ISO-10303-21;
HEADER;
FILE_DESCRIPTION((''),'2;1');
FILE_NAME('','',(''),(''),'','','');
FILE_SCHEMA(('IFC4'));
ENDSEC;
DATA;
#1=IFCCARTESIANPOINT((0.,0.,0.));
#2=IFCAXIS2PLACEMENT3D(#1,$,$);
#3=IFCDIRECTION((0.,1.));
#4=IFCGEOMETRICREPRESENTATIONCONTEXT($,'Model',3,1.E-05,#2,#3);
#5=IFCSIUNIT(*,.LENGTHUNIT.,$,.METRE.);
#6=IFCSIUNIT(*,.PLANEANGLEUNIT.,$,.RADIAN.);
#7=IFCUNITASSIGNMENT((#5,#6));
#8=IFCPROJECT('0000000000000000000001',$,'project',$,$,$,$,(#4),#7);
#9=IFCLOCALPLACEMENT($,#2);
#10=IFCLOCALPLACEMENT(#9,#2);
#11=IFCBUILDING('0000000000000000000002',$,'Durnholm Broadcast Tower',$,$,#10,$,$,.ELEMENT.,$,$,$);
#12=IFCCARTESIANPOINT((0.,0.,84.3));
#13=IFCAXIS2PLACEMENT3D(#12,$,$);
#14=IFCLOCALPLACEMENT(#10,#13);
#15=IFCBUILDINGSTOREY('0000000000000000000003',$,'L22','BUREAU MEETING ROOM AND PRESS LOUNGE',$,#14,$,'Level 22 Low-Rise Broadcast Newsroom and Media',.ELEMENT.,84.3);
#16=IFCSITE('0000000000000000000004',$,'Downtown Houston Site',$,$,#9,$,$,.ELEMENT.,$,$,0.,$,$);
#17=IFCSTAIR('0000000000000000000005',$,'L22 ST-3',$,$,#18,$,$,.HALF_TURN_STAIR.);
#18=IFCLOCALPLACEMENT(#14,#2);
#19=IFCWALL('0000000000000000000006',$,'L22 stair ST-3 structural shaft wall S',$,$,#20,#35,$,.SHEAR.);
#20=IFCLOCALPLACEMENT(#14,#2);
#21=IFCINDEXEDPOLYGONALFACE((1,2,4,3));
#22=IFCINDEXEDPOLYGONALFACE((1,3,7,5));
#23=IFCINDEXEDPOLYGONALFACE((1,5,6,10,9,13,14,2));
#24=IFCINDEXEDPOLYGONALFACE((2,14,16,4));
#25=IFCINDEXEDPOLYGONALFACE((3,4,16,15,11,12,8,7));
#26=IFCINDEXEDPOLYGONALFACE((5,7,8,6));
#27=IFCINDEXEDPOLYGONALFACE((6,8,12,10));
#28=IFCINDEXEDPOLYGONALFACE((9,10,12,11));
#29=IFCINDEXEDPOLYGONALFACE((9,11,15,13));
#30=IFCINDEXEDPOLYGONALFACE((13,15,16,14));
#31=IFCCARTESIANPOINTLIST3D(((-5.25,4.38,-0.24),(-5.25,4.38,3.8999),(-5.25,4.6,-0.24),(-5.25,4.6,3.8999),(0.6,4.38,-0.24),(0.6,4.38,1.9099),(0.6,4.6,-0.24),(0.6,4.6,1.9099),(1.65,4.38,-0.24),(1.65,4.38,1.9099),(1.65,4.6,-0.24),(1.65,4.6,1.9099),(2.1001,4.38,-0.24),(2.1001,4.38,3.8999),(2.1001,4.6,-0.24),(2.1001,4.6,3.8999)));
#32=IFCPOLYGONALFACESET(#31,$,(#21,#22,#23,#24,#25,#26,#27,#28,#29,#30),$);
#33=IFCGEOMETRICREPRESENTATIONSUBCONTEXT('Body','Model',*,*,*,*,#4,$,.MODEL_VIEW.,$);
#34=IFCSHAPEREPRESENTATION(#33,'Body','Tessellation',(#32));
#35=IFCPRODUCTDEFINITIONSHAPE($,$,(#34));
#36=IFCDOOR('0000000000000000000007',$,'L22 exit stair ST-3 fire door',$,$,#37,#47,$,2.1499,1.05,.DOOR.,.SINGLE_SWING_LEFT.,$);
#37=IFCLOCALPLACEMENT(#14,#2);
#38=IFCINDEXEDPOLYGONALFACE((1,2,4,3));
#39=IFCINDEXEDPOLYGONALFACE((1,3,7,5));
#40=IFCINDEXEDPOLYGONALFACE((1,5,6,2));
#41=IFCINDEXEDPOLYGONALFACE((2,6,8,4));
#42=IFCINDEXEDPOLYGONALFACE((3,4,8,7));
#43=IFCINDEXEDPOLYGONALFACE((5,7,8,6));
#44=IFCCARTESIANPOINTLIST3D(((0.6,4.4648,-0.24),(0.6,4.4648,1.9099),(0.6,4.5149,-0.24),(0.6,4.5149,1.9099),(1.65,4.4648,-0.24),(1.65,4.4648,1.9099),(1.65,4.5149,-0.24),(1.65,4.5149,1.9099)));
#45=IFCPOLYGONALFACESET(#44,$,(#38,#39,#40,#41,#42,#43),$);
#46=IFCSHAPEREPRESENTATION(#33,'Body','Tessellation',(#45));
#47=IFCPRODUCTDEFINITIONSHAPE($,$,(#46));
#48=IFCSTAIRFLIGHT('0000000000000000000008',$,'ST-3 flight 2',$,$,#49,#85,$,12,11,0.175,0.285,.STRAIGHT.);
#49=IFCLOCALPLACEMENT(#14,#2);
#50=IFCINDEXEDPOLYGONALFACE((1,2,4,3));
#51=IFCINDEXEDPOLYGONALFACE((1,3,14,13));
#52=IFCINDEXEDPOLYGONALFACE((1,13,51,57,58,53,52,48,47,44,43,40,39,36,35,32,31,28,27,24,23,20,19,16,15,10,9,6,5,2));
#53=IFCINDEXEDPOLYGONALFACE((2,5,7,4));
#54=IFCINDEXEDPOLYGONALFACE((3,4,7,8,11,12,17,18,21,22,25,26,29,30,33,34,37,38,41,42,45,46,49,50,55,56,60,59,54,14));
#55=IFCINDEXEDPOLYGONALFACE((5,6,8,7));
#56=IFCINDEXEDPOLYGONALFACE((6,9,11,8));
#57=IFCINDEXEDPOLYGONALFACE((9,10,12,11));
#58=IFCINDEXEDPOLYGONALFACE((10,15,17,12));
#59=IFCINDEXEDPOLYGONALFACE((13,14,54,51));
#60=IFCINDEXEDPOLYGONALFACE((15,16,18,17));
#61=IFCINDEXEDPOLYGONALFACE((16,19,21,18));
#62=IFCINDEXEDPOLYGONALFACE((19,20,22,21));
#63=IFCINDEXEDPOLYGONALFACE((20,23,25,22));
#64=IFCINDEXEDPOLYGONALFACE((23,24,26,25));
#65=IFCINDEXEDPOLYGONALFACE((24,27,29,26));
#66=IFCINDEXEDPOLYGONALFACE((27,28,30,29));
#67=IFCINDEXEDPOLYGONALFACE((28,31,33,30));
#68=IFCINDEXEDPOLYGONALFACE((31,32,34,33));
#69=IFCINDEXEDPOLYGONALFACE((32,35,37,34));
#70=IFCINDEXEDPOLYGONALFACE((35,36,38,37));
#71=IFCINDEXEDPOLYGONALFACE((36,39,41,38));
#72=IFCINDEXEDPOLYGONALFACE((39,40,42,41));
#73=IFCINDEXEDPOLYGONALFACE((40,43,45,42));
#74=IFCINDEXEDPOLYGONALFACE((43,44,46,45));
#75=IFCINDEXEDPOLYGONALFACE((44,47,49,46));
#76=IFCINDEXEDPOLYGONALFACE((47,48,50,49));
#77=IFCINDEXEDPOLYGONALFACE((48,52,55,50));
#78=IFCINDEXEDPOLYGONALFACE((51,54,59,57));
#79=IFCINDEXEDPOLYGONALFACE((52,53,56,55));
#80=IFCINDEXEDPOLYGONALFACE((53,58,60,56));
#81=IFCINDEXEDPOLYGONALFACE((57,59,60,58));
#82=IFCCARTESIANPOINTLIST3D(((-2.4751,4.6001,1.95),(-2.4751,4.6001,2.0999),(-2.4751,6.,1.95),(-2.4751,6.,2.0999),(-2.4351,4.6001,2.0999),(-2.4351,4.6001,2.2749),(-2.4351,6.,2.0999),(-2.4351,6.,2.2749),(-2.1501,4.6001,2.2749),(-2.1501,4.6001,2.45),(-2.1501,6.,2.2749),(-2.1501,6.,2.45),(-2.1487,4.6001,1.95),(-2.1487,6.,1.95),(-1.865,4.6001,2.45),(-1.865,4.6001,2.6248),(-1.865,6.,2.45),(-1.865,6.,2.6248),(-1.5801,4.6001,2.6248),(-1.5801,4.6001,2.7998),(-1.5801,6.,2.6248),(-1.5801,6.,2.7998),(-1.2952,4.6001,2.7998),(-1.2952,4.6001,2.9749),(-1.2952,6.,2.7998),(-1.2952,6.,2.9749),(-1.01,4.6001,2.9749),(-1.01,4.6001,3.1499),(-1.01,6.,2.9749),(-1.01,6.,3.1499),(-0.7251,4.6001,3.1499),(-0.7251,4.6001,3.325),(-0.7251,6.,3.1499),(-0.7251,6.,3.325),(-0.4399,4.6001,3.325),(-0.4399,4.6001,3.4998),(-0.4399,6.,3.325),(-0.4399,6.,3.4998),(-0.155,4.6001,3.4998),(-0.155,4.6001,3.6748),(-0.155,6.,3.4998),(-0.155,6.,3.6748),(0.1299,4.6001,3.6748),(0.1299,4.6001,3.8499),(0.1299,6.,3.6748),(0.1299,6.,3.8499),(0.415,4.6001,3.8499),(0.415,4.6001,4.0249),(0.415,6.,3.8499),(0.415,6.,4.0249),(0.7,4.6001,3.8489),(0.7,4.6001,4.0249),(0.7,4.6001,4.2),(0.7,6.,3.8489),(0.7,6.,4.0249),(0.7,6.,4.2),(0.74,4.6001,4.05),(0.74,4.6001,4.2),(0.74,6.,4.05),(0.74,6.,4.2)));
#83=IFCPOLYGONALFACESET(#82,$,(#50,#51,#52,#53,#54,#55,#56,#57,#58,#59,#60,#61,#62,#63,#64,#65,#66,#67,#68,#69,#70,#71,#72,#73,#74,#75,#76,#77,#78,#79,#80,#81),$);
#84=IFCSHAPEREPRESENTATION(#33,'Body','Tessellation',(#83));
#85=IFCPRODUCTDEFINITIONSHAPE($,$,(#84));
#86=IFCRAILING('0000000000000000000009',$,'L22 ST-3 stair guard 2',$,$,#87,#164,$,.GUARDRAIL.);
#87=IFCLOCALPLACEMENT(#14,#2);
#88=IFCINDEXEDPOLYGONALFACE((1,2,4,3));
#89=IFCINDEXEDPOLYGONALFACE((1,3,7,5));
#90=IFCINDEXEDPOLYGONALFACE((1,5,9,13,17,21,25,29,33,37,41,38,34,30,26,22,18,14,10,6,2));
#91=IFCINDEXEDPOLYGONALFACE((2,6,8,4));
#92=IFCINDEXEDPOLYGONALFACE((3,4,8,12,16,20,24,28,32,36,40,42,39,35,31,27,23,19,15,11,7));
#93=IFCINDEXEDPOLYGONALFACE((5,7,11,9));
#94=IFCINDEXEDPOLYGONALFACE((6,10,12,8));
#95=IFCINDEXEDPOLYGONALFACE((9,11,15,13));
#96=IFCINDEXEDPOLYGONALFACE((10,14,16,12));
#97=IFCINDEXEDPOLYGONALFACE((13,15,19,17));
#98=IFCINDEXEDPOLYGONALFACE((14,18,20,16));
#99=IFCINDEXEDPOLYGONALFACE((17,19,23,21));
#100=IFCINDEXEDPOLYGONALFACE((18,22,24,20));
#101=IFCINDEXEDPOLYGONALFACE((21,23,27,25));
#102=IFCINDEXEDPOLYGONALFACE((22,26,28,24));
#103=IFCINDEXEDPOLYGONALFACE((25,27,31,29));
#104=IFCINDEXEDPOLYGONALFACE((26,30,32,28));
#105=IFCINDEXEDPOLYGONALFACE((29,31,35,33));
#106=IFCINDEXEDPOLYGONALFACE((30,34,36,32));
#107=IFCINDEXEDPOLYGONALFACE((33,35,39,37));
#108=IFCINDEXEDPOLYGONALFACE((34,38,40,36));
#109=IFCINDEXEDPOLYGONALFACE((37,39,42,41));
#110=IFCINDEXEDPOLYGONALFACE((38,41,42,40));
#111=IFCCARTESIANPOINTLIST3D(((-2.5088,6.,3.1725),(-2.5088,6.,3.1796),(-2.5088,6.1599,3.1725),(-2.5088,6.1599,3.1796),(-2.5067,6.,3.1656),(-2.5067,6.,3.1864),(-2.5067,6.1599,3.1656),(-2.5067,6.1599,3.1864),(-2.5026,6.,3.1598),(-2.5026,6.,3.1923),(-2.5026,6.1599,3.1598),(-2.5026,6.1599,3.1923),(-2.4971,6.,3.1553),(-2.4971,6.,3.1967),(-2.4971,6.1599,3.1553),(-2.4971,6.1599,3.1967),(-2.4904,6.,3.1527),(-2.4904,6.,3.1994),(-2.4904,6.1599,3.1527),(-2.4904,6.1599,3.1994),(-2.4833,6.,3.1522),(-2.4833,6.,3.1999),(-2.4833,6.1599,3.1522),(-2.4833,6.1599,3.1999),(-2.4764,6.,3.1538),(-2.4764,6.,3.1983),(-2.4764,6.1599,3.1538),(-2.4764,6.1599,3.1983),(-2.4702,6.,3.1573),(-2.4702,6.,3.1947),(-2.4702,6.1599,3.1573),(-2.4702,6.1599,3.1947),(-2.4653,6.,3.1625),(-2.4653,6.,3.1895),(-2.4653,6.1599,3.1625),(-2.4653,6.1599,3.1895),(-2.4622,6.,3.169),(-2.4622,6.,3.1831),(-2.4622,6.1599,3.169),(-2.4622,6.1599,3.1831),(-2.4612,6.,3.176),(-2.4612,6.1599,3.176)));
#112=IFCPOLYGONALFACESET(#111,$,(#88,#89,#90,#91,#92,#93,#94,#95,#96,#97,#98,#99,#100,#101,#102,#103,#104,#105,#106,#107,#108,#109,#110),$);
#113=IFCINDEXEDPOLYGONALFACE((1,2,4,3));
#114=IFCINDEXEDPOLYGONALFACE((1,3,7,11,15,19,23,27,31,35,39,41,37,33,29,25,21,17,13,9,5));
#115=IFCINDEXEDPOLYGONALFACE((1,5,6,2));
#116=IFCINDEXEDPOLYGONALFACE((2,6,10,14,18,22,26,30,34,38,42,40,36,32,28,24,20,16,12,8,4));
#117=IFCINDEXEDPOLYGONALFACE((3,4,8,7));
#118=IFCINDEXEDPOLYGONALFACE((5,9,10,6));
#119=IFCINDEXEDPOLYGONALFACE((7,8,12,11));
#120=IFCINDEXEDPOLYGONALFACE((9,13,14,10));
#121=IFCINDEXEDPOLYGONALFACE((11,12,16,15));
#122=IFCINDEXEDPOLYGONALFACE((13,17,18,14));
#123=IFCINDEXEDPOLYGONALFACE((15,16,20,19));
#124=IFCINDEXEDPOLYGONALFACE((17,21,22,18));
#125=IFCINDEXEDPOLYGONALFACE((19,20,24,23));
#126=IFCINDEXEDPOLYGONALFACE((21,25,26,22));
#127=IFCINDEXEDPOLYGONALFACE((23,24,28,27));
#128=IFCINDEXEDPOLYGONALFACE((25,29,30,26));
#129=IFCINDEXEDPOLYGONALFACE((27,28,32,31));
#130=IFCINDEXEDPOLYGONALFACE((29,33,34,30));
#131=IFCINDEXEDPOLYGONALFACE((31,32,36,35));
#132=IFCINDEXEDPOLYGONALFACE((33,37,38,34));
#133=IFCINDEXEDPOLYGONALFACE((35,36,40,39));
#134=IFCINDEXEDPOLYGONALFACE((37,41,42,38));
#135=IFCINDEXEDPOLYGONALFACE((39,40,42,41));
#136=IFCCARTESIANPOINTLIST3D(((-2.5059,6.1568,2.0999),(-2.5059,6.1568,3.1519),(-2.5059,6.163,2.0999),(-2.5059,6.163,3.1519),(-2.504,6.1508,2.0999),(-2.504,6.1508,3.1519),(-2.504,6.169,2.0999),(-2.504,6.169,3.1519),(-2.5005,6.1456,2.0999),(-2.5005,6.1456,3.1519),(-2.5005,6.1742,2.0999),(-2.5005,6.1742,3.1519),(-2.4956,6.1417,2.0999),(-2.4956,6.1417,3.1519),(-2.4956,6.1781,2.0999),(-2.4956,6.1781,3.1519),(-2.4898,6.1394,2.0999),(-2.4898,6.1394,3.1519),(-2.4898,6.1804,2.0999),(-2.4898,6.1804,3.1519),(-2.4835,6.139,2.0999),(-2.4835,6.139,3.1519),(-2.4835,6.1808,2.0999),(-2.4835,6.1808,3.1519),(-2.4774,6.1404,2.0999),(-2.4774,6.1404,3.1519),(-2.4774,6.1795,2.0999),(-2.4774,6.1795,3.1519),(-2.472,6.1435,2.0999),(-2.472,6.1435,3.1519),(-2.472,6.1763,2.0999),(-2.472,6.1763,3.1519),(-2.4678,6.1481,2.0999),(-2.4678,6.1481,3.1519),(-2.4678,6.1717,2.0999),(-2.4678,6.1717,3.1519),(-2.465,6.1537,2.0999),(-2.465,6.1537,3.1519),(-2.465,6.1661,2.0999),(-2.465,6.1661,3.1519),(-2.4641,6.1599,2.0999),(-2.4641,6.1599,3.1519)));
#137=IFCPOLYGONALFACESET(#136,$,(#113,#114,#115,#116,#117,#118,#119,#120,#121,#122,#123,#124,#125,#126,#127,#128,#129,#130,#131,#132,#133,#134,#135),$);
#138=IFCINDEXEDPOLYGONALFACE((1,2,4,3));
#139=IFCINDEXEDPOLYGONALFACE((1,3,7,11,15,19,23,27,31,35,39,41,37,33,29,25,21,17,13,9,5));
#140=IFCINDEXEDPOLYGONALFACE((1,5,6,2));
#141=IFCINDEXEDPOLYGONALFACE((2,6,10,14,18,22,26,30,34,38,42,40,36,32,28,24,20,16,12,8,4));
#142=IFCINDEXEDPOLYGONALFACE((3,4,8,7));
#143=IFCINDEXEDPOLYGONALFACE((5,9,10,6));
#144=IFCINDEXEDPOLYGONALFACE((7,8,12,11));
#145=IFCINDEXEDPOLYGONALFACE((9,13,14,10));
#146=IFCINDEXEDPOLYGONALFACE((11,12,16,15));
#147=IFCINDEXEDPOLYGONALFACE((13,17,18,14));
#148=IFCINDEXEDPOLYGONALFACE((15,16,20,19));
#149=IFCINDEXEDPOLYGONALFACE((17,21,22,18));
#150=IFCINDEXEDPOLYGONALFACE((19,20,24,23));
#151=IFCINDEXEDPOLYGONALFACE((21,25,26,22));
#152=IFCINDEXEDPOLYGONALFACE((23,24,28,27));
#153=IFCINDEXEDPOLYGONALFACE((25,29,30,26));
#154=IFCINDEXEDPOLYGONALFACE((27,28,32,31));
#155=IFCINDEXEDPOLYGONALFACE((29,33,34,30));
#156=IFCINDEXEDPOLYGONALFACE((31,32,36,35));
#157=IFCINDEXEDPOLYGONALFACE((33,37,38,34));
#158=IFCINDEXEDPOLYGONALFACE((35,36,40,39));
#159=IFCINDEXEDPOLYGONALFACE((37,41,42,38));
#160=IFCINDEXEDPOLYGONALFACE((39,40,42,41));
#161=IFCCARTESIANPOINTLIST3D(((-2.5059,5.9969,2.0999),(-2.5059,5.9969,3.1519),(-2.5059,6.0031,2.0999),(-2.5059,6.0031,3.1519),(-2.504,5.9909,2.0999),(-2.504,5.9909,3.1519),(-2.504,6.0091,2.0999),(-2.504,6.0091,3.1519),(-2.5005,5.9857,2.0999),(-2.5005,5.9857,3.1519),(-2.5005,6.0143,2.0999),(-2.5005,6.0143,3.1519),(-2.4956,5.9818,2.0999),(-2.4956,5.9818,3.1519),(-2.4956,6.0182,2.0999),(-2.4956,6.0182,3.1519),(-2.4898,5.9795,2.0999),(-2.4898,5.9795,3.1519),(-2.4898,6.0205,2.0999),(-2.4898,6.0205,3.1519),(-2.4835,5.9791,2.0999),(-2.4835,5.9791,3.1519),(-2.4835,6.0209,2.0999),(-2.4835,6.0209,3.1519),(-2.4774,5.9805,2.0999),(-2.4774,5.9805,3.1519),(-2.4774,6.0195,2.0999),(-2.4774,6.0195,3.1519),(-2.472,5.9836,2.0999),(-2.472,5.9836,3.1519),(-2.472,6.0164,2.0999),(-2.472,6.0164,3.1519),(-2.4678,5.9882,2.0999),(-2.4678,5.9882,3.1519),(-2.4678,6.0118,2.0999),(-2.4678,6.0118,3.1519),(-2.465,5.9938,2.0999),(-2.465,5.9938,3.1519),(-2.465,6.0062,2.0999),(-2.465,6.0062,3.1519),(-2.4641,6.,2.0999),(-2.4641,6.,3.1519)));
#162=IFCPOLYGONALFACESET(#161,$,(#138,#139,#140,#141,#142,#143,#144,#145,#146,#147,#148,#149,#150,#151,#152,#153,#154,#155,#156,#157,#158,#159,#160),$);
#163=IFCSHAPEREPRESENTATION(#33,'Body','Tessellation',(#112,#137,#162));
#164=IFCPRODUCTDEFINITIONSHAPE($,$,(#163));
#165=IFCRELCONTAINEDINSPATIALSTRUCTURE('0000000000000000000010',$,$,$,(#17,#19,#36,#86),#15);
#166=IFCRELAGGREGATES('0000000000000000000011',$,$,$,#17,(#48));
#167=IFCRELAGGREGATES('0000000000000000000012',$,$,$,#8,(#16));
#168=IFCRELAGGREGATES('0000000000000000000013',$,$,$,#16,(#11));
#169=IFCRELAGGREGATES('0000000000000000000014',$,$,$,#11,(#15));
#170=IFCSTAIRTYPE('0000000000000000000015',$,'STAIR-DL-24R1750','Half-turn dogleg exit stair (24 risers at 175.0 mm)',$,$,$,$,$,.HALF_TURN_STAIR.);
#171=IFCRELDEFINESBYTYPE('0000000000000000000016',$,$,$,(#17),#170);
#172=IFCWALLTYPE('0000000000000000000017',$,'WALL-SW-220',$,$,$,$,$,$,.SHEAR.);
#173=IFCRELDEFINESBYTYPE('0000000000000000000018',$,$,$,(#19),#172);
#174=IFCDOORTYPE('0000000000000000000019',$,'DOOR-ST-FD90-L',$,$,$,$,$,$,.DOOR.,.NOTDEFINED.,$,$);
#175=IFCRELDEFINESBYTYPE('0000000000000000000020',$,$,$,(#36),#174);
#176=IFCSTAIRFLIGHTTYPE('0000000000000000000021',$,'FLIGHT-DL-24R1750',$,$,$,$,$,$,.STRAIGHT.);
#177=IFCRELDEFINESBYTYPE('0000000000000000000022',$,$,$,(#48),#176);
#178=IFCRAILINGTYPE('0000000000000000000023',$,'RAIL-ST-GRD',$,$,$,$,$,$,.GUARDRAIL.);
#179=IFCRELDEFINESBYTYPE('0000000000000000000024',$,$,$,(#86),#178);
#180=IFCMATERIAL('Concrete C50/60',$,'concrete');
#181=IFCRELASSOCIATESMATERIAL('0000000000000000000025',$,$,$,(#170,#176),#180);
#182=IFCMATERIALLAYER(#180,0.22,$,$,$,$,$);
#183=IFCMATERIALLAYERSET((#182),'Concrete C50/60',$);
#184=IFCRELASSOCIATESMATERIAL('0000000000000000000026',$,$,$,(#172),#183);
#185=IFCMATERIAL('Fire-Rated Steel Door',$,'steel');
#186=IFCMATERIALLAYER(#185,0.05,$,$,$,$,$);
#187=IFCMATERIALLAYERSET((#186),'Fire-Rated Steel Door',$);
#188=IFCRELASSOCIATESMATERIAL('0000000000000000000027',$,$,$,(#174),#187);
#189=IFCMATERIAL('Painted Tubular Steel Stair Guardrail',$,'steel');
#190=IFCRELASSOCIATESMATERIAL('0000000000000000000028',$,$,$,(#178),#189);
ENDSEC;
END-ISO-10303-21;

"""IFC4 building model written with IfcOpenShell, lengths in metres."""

from ifc_helpers import new_model, si_unit, direction, frame, frame_2d, origin, origin_2d, place, context, subcontext, project, spatial, polyline, rectangle, circle, outline, extrude, source, transform, mapped, material, layer, layer_set, type_object, type_shapes, element, fill, aggregate, save


model = new_model("IFC4")

# Units and contexts
model_context = context("Model", 3, precision=1e-05, world=origin(), true_north=direction((0.0, 1.0)))
body_context = subcontext(model_context, "Body", "Model", "MODEL_VIEW")
ifc_project = project(units=[si_unit("LENGTHUNIT", "METRE"), si_unit("PLANEANGLEUNIT", "RADIAN")], contexts=[model_context])

# Site, building, storey
site_placement = place(None, origin())
site = spatial("IfcSite", under=ifc_project, at=site_placement, Name="Downtown Houston Site", CompositionType="ELEMENT", RefElevation=0.0)
building_placement = place(site_placement, origin())
building = spatial("IfcBuilding", under=site, at=building_placement, Name="Durnholm Broadcast Tower", CompositionType="ELEMENT")
storey_placement = place(building_placement, frame((0.0, 0.0, 84.3)))
storey = spatial("IfcBuildingStorey", under=building, at=storey_placement, Name="L22", Description="BUREAU MEETING ROOM AND PRESS LOUNGE", LongName="Level 22 Low-Rise Broadcast Newsroom and Media", CompositionType="ELEMENT", Elevation=84.3)

# Stair
ifc_material_1 = material(Name="Concrete C50/60", Category="concrete")
stair_type = type_object("IfcStairType", Name="STAIR-DL-24R1750", Description="Half-turn dogleg exit stair (24 risers at 175.0 mm)", PredefinedType="HALF_TURN_STAIR", material=ifc_material_1)
stair_1_placement = place(storey_placement, origin())
stair_1 = element("IfcStair", 1, at=stair_1_placement, inside=storey, type_object=stair_type, Name="L22 ST-3", PredefinedType="HALF_TURN_STAIR")

# Shared definitions
ifc_layer_1 = layer(ifc_material_1, 0.22)
ifc_layer_set_1 = layer_set([ifc_layer_1], Name="Concrete C50/60")
wall_type_1 = type_object("IfcWallType", Name="WALL-SW-220", PredefinedType="SHEAR", material=ifc_layer_set_1)

# Wall, opening, door
wall_1_placement = place(storey_placement, frame((-5.25, 4.49, -0.24), z_axis=(0.0, 0.0, 1.0), x_axis=(1.0, 0.0, 0.0)))
wall_1 = element("IfcWall", 2, at=wall_1_placement, inside=storey, type_object=wall_type_1, Name="L22 stair ST-3 structural shaft wall S", PredefinedType="SHEAR", context=body_context, shape_type="SweptSolid", body=[
    extrude(rectangle(XDim=7.3501, YDim=0.22, at=frame_2d((3.675, 0.0))), origin(), (0.0, 0.0, 1.0), 4.1399),
])
opening_1_placement = place(wall_1_placement, frame((5.8501, 0.0, 0.0)))
opening_1 = element("IfcOpeningElement", 3, at=opening_1_placement, cuts=wall_1, PredefinedType="OPENING", context=body_context, shape_type="SweptSolid", body=[
    extrude(rectangle(XDim=1.05, YDim=2.1499, at=frame_2d((0.5249, 1.075))), frame((0.0, 0.1201, 0.0), z_axis=(0.0, -1.0, 0.0), x_axis=(1.0, 0.0, 0.0)), (0.0, 0.0, 1.0), 0.24),
])
ifc_material_2 = material(Name="Fire-Rated Steel Door", Category="steel")
ifc_layer_2 = layer(ifc_material_2, 0.05)
ifc_layer_set_2 = layer_set([ifc_layer_2], Name="Fire-Rated Steel Door")
door_type_1 = type_object("IfcDoorType", Name="DOOR-ST-FD90-L", OperationType="NOTDEFINED", PredefinedType="DOOR", material=ifc_layer_set_2)
shared_shape_1 = source(origin(), body_context, "Body", "SweptSolid", [
    extrude(rectangle(XDim=1.05, YDim=2.1499, at=frame_2d((0.5249, 1.075))), frame((0.0, 0.0249, 0.0), z_axis=(0.0, -1.0, 0.0), x_axis=(1.0, 0.0, 0.0)), (0.0, 0.0, 1.0), 0.05),
])
type_shapes(door_type_1, [shared_shape_1])
door_1_placement = place(opening_1_placement, origin())
door_1 = element("IfcDoor", 4, at=door_1_placement, inside=storey, type_object=door_type_1, Name="L22 exit stair ST-3 fire door", OperationType="SINGLE_SWING_LEFT", OverallHeight=2.1499, OverallWidth=1.05, PredefinedType="DOOR", context=body_context, shape_type="MappedRepresentation", body=[
    mapped(shared_shape_1, transform((0.0, 0.0, 0.0), x_axis=(1.0, 0.0, 0.0), y_axis=(0.0, 1.0, 0.0), z_axis=(0.0, 0.0, 1.0), scale=1.0)),
])
fill(opening_1, door_1)

# Stair flight
stair_flight_type = type_object("IfcStairFlightType", Name="FLIGHT-DL-24R1750", PredefinedType="STRAIGHT", material=ifc_material_1)
stair_flight_placement = place(storey_placement, frame((-2.4351, 5.3, 2.0999), z_axis=(0.0, 0.0, 1.0), x_axis=(1.0, 0.0, 0.0)))
stair_flight = element("IfcStairFlight", 5, at=stair_flight_placement, type_object=stair_flight_type, Name="ST-3 flight 2", NumberOfRisers=12, NumberOfTreads=11, PredefinedType="STRAIGHT", RiserHeight=0.175, TreadLength=0.285, context=body_context, shape_type="SweptSolid", body=[
    extrude(outline(polyline([(-0.04, -0.1499), (-0.04, 0.0), (0.0, 0.0), (0.0, 0.175), (0.2849, 0.175), (0.2849, 0.3501), (0.5701, 0.3501), (0.5701, 0.5249), (0.855, 0.5249), (0.855, 0.7), (1.1399, 0.7), (1.1399, 0.875), (1.425, 0.875), (1.425, 1.05), (1.71, 1.05), (1.71, 1.2251), (1.9951, 1.2251), (1.9951, 1.3999), (2.28, 1.3999), (2.28, 1.575), (2.5649, 1.575), (2.5649, 1.75), (2.8501, 1.75), (2.8501, 1.925), (3.135, 1.925), (3.135, 2.1001), (3.175, 2.1001), (3.175, 1.9502), (3.135, 1.749), (0.2864, -0.1499), (-0.04, -0.1499)])), frame((0.0, 0.7, 0.0), z_axis=(0.0, -1.0, 0.0), x_axis=(1.0, 0.0, 0.0)), (0.0, 0.0, 1.0), 1.3999),
])
aggregate(stair_1, [stair_flight])

# Railing
ifc_material_3 = material(Name="Painted Tubular Steel Stair Guardrail", Category="steel")
railing_type_1 = type_object("IfcRailingType", Name="RAIL-ST-GRD", PredefinedType="GUARDRAIL", material=ifc_material_3)
railing_1_placement = place(storey_placement, frame((-2.4851, 6.1599, 2.0999)))
element("IfcRailing", 6, at=railing_1_placement, inside=storey, type_object=railing_type_1, Name="L22 ST-3 stair guard 2", PredefinedType="GUARDRAIL", context=body_context, shape_type="SweptSolid", body=[
    extrude(circle(Radius=0.0239, at=origin_2d()), frame((0.0, 0.0, 1.0762), z_axis=(0.0, -1.0, 0.0), x_axis=(1.0, 0.0, 0.0)), (0.0, 0.0, 1.0), 0.1599),
    extrude(circle(Radius=0.021, at=origin_2d()), origin(), (0.0, 0.0, 1.0), 1.052),
    extrude(circle(Radius=0.021, at=origin_2d()), frame((0.0, -0.1599, 0.0)), (0.0, 0.0, 1.0), 1.052),
])

save(model, "model.ifc")
